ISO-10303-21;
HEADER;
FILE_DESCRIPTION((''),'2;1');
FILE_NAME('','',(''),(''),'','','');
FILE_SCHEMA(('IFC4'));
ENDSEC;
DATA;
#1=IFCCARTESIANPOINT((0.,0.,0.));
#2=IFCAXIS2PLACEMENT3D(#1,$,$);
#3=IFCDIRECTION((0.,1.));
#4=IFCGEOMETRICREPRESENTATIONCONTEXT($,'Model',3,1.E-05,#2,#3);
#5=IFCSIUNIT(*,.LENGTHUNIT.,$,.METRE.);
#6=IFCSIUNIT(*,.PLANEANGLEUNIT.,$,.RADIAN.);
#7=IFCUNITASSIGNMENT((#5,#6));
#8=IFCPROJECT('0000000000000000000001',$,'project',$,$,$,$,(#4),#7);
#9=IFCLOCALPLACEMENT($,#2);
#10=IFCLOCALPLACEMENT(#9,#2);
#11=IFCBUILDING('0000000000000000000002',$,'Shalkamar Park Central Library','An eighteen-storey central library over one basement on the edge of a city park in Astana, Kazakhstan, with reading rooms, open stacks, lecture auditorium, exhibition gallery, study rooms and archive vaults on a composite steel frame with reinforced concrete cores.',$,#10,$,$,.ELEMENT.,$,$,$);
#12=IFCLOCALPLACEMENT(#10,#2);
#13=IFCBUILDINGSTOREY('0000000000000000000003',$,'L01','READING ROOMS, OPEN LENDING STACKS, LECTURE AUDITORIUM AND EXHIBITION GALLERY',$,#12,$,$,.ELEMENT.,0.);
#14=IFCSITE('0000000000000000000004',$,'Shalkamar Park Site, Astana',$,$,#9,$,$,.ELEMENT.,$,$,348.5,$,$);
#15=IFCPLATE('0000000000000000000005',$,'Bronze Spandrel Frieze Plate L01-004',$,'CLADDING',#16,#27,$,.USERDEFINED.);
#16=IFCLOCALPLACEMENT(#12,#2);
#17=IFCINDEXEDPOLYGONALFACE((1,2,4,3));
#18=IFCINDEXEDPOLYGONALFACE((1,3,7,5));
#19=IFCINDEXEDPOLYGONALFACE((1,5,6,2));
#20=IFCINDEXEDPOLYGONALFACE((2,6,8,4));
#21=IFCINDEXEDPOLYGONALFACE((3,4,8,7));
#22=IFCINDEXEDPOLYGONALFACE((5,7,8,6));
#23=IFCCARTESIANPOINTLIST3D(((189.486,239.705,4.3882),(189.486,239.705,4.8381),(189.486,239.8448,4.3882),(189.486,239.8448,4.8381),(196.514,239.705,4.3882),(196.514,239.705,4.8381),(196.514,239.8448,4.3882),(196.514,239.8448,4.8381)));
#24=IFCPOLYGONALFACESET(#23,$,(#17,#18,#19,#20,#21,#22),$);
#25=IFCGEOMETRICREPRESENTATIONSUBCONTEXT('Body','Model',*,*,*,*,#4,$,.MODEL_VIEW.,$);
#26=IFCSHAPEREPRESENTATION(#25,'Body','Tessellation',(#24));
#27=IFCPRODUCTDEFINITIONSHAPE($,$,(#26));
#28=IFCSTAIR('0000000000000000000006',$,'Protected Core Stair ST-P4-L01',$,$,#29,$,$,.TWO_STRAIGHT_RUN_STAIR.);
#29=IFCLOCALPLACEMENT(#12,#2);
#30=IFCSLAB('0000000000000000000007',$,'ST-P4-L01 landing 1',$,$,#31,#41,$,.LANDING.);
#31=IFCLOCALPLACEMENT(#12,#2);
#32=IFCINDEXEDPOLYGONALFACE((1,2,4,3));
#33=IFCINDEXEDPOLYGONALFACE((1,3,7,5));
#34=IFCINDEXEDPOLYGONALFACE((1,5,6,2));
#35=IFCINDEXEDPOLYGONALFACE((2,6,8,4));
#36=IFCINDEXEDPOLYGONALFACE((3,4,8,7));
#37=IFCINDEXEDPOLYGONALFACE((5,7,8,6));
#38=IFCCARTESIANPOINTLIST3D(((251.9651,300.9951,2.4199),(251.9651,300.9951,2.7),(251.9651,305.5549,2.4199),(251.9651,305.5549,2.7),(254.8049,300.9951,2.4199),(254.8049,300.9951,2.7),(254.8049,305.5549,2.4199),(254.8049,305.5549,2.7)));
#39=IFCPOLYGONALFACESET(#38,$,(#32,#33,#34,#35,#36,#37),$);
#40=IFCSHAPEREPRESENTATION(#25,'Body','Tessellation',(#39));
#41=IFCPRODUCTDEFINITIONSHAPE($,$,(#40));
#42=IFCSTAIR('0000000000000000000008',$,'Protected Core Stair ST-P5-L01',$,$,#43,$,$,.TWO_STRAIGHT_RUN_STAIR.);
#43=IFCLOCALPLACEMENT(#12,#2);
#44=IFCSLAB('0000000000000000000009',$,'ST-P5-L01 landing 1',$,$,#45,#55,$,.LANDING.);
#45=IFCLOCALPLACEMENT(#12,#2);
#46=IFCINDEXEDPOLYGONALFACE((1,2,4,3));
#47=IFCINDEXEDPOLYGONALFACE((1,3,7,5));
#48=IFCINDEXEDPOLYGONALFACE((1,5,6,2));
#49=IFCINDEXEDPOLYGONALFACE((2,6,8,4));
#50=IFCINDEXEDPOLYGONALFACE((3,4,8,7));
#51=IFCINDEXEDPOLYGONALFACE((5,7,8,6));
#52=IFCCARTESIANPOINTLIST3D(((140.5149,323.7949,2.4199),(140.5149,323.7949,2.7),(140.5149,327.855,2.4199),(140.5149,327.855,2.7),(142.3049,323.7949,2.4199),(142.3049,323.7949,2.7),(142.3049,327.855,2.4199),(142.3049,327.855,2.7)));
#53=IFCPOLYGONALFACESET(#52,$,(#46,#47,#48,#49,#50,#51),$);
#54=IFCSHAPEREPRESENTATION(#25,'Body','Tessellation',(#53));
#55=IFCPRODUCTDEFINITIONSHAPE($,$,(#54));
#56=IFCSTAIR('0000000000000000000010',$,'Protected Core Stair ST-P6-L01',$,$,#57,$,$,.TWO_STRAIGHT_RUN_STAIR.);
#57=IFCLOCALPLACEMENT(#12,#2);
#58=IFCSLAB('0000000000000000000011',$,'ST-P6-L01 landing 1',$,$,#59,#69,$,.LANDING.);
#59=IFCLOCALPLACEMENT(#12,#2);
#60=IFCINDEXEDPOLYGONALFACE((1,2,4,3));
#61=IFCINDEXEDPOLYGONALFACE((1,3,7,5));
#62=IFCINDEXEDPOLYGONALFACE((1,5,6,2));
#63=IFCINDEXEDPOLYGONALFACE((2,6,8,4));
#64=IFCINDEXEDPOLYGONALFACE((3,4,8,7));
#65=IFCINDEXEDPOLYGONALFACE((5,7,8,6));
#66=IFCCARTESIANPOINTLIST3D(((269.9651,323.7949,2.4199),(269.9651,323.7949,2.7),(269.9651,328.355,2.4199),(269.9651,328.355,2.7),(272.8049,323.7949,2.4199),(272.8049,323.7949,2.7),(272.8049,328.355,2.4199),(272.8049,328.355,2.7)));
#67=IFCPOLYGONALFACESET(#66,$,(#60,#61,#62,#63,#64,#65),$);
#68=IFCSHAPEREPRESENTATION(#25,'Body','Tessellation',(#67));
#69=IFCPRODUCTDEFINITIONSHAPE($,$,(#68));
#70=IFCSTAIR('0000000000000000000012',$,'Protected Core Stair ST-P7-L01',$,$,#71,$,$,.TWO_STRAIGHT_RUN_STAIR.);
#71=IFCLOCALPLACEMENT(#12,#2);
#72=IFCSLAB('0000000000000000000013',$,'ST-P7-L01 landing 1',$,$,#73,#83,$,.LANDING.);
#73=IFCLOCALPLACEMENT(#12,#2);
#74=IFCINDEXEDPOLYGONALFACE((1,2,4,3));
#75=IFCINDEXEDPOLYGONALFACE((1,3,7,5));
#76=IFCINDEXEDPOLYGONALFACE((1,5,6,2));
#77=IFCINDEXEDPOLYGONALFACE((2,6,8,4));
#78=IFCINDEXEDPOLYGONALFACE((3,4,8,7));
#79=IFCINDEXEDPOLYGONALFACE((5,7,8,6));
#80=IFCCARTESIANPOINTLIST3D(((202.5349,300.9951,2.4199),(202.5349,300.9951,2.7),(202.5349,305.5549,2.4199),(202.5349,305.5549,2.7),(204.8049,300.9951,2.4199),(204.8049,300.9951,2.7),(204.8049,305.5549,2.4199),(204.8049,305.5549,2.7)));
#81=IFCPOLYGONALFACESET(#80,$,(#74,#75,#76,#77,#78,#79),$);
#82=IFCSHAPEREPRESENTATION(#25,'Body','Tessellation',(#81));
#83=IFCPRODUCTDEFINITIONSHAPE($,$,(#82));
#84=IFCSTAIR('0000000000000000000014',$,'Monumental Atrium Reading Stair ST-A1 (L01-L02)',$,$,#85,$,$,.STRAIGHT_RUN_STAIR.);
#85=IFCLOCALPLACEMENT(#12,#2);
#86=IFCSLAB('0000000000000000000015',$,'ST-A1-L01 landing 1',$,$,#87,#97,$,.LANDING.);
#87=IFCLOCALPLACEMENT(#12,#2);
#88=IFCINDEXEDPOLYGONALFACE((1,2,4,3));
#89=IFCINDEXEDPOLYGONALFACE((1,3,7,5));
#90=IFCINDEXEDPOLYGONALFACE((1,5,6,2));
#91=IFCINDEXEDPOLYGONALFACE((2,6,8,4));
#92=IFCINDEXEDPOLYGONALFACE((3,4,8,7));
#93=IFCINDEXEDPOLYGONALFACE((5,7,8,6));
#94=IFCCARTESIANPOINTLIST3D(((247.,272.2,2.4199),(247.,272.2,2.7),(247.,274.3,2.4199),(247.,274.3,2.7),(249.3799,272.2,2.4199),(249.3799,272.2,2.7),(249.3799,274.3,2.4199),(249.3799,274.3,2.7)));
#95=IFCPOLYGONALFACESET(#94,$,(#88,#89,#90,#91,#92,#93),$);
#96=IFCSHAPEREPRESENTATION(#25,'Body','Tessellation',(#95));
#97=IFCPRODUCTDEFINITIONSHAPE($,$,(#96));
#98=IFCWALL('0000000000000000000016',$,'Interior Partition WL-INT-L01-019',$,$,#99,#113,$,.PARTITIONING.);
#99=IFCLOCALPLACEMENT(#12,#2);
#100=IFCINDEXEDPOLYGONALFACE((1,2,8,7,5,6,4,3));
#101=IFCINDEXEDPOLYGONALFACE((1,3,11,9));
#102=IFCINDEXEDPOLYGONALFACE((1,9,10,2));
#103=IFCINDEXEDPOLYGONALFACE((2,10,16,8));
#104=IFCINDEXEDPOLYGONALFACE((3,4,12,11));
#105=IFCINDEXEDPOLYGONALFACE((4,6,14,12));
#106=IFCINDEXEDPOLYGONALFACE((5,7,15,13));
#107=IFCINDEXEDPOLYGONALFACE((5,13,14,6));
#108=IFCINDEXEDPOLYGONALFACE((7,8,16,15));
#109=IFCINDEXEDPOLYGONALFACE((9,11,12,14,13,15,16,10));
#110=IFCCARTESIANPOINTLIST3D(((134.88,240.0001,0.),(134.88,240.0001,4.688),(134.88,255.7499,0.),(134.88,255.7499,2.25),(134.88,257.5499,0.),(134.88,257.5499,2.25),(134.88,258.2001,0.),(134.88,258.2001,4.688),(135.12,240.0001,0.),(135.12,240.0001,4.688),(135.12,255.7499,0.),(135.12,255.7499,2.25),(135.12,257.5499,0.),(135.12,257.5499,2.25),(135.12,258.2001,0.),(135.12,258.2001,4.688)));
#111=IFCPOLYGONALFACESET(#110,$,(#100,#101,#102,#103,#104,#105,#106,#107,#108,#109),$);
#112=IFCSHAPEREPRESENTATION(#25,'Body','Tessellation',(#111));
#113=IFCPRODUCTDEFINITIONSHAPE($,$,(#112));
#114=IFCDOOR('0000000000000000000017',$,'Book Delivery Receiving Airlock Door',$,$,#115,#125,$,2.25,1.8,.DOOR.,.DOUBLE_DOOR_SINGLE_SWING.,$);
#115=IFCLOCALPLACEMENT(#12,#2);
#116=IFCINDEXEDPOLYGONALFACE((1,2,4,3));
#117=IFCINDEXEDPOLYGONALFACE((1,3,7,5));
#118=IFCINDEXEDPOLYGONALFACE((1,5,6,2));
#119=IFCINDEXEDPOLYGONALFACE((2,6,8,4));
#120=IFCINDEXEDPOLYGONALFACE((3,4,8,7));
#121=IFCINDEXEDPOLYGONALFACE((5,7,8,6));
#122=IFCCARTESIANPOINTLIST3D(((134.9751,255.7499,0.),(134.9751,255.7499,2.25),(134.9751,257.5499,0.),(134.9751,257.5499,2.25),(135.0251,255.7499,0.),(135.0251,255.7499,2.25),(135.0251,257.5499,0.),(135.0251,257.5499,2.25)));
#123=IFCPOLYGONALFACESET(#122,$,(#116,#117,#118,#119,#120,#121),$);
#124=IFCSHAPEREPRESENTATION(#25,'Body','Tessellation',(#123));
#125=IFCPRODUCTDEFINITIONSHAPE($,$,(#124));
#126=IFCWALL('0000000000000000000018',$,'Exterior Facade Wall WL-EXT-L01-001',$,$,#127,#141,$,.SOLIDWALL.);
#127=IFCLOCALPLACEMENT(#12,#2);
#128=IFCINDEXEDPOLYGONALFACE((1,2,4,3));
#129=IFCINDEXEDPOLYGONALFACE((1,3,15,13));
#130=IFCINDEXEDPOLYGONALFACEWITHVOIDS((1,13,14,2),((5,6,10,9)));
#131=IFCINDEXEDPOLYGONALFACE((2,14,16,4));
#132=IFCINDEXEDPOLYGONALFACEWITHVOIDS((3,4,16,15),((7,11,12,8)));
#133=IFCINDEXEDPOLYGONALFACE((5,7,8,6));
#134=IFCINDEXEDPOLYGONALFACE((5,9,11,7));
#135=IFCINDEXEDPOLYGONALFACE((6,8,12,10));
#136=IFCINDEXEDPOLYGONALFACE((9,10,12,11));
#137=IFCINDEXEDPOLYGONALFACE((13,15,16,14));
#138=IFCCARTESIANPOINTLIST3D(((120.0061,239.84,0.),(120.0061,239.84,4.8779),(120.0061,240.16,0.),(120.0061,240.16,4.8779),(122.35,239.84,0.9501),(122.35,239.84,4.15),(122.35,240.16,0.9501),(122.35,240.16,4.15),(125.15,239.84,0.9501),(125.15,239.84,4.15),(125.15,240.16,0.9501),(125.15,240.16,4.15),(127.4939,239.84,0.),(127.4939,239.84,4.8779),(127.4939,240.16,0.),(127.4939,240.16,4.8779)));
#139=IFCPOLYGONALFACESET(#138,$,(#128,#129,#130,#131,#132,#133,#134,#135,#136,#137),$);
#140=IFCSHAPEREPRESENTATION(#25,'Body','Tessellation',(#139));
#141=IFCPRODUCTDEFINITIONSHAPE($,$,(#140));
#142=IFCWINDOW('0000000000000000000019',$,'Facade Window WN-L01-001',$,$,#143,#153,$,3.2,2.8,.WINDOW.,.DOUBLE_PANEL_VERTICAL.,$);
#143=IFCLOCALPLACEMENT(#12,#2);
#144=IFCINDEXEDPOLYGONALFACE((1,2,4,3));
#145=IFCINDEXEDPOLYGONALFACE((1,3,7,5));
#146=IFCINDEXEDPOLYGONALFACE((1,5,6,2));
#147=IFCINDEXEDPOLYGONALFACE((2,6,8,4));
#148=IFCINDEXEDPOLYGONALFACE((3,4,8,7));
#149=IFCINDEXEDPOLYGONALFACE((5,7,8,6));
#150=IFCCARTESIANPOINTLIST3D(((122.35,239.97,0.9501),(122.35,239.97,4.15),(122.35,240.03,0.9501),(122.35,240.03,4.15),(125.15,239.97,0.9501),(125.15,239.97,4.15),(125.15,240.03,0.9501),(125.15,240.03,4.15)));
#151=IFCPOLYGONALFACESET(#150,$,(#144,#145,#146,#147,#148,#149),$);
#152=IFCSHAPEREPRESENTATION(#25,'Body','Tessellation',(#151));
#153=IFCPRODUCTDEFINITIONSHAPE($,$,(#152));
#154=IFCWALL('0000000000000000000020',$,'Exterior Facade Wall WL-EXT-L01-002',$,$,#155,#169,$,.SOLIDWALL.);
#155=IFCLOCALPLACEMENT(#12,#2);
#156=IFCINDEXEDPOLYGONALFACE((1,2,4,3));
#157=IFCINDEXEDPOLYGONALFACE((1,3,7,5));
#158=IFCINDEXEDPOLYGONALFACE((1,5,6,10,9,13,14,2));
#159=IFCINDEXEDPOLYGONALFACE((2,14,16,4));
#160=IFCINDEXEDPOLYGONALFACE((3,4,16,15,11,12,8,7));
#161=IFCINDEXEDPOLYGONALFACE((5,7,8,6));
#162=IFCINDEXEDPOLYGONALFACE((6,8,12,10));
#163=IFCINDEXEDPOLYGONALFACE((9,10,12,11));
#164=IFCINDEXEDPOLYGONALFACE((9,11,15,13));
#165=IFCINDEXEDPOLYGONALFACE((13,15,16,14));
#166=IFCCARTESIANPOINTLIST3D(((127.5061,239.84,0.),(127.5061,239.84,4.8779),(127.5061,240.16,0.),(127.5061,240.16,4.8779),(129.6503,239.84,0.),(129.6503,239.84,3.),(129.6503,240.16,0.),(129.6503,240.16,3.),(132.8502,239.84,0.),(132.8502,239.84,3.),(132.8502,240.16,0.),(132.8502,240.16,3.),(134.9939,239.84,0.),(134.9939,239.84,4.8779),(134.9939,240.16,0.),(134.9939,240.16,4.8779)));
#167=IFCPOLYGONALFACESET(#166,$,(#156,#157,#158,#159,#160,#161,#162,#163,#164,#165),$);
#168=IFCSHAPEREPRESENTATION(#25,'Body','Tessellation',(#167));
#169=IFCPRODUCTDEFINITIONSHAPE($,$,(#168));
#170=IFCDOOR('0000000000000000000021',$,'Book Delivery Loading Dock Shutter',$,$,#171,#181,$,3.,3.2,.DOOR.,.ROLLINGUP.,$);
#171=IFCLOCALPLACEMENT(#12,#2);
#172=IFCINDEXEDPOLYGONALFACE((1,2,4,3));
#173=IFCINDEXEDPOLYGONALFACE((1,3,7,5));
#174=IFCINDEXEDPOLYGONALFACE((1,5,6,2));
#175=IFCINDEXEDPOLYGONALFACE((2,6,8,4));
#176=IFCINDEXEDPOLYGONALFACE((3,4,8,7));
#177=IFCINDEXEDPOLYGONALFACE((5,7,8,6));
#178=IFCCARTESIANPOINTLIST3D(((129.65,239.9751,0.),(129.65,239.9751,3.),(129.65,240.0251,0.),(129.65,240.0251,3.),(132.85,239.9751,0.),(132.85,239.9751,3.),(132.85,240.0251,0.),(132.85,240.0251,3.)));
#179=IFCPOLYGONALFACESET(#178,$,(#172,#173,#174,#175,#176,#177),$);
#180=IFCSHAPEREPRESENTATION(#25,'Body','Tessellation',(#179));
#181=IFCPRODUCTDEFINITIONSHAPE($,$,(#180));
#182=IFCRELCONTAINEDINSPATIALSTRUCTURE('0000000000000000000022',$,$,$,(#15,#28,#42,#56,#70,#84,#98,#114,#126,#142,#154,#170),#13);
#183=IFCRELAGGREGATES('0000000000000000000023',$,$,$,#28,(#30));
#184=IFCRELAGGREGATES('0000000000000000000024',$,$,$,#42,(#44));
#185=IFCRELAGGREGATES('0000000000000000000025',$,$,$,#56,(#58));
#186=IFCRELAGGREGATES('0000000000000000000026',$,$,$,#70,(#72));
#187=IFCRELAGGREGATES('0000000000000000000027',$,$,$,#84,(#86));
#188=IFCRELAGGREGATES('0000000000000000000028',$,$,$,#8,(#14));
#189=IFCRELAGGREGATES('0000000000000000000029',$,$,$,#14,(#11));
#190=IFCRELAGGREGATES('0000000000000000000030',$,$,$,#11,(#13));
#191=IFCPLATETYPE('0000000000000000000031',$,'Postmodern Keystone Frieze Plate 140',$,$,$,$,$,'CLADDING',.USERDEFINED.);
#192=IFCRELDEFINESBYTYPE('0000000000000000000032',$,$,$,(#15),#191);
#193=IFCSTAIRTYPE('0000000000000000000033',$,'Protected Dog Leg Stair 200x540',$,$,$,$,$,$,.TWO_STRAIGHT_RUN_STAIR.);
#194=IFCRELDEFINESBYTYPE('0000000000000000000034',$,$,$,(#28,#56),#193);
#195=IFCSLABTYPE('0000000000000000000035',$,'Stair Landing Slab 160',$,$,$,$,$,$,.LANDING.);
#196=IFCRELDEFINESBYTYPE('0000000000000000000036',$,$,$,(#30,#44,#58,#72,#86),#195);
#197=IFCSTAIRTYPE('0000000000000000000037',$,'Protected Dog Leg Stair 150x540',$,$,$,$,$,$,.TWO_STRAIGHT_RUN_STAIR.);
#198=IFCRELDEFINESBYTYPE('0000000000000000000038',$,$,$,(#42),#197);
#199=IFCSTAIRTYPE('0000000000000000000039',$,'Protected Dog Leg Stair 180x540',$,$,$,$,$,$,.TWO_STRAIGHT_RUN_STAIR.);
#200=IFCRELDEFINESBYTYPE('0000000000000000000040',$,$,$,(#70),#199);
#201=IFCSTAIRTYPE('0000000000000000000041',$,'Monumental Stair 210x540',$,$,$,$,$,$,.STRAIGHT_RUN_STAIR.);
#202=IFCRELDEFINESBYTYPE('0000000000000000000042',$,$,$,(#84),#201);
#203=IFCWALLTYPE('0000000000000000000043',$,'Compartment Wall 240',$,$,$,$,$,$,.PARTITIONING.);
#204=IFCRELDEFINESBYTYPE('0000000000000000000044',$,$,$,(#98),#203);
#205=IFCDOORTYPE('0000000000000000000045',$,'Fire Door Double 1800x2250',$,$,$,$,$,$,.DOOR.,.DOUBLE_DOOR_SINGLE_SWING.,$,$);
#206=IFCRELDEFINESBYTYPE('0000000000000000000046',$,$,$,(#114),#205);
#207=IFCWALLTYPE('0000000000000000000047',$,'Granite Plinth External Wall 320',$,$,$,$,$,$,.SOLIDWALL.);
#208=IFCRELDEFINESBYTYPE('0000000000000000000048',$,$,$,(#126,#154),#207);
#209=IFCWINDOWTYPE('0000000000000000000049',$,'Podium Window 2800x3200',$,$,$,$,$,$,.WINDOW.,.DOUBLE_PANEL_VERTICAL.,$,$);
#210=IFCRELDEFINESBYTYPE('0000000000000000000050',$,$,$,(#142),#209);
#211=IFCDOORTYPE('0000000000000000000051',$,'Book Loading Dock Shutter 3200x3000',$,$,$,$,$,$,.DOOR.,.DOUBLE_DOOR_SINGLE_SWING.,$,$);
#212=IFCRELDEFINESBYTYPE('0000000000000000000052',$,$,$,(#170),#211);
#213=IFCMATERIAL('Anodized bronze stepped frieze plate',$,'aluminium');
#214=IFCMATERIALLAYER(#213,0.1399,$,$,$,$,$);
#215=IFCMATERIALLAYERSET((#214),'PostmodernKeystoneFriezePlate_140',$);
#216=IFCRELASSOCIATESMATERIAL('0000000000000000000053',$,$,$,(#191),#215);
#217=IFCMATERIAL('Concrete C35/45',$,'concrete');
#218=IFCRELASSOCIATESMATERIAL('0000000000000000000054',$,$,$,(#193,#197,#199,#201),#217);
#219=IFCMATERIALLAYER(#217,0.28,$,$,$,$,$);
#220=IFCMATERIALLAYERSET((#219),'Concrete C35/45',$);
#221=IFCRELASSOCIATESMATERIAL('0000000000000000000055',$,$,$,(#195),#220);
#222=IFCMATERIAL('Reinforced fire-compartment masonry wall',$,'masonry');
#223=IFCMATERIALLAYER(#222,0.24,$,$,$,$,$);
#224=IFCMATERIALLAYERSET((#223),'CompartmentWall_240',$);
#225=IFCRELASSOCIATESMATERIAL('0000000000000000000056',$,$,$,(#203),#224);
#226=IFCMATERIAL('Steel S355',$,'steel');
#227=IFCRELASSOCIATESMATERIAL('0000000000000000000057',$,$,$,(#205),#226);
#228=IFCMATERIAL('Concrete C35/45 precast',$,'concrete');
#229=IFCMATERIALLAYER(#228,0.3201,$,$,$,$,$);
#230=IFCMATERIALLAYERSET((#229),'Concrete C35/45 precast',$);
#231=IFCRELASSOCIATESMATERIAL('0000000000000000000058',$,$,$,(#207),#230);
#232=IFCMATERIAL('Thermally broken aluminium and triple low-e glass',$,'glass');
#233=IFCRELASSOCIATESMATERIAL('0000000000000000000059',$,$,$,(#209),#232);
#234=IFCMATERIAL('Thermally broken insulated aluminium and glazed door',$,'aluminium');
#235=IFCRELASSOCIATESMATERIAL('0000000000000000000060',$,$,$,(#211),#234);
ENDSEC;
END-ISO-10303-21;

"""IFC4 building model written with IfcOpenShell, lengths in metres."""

from ifc_helpers import new_model, si_unit, direction, frame, frame_2d, origin, origin_2d, place, context, subcontext, project, spatial, polyline, rectangle, outline, extrude, material, layer, layer_set, type_object, element, fill, aggregate, save


model = new_model("IFC4")

# Units and contexts
model_context = context("Model", 3, precision=1e-05, world=origin(), true_north=direction((0.0, 1.0)))
body_context = subcontext(model_context, "Body", "Model", "MODEL_VIEW")
ifc_project = project(units=[si_unit("LENGTHUNIT", "METRE"), si_unit("PLANEANGLEUNIT", "RADIAN")], contexts=[model_context])

# Site, building, storey
site_placement = place(None, origin())
site = spatial("IfcSite", under=ifc_project, at=site_placement, Name="Shalkamar Park Site, Astana", CompositionType="ELEMENT", RefElevation=348.5)
building_placement = place(site_placement, origin())
building = spatial("IfcBuilding", under=site, at=building_placement, Name="Shalkamar Park Central Library", Description="An eighteen-storey central library over one basement on the edge of a city park in Astana, Kazakhstan, with reading rooms, open stacks, lecture auditorium, exhibition gallery, study rooms and archive vaults on a composite steel frame with reinforced concrete cores.", CompositionType="ELEMENT")
storey_placement = place(building_placement, origin())
storey = spatial("IfcBuildingStorey", under=building, at=storey_placement, Name="L01", Description="READING ROOMS, OPEN LENDING STACKS, LECTURE AUDITORIUM AND EXHIBITION GALLERY", CompositionType="ELEMENT", Elevation=0.0)

# Shared definitions
ifc_material_1 = material(Name="Steel S355", Category="steel")

# Plate
ifc_material_2 = material(Name="Anodized bronze stepped frieze plate", Category="aluminium")
ifc_layer_1 = layer(ifc_material_2, 0.1399)
ifc_layer_set_1 = layer_set([ifc_layer_1], Name="PostmodernKeystoneFriezePlate_140")
plate_type_1 = type_object("IfcPlateType", Name="Postmodern Keystone Frieze Plate 140", ElementType="CLADDING", PredefinedType="USERDEFINED", material=ifc_layer_set_1)
plate_1_placement = place(storey_placement, frame((193.0, 239.7749, 4.3882), z_axis=(0.0, 0.0, 1.0), x_axis=(1.0, 0.0, 0.0)))
element("IfcPlate", 1, at=plate_1_placement, inside=storey, type_object=plate_type_1, Name="Bronze Spandrel Frieze Plate L01-004", ObjectType="CLADDING", PredefinedType="USERDEFINED", context=body_context, shape_type="SweptSolid", body=[
    extrude(rectangle(XDim=7.0281, YDim=0.1399, at=origin_2d()), origin(), (0.0, 0.0, 1.0), 0.45),
])

# Stairs, slabs
ifc_material_3 = material(Name="Concrete C35/45", Category="concrete")
stair_type_1 = type_object("IfcStairType", Name="Protected Dog Leg Stair 200x540", PredefinedType="TWO_STRAIGHT_RUN_STAIR", material=ifc_material_3)
stair_1_placement = place(storey_placement, origin())
stair_1 = element("IfcStair", 2, at=stair_1_placement, inside=storey, type_object=stair_type_1, Name="Protected Core Stair ST-P4-L01", PredefinedType="TWO_STRAIGHT_RUN_STAIR")
ifc_layer_2 = layer(ifc_material_3, 0.28)
ifc_layer_set_2 = layer_set([ifc_layer_2], Name="Concrete C35/45")
slab_type = type_object("IfcSlabType", Name="Stair Landing Slab 160", PredefinedType="LANDING", material=ifc_layer_set_2)
slab_1_placement = place(storey_placement, frame((0.0, 0.0, 2.4199)))
slab_1 = element("IfcSlab", 3, at=slab_1_placement, type_object=slab_type, Name="ST-P4-L01 landing 1", PredefinedType="LANDING", context=body_context, shape_type="SweptSolid", body=[
    extrude(outline(polyline([(251.9651, 300.9951), (254.8049, 300.9951), (254.8049, 305.5549), (251.9651, 305.5549), (251.9651, 300.9951)])), origin(), (0.0, 0.0, 1.0), 0.28),
])
aggregate(stair_1, [slab_1])
stair_type_2 = type_object("IfcStairType", Name="Protected Dog Leg Stair 150x540", PredefinedType="TWO_STRAIGHT_RUN_STAIR", material=ifc_material_3)
stair_2_placement = place(storey_placement, origin())
stair_2 = element("IfcStair", 4, at=stair_2_placement, inside=storey, type_object=stair_type_2, Name="Protected Core Stair ST-P5-L01", PredefinedType="TWO_STRAIGHT_RUN_STAIR")
slab_2_placement = place(storey_placement, frame((0.0, 0.0, 2.4199)))
slab_2 = element("IfcSlab", 5, at=slab_2_placement, type_object=slab_type, Name="ST-P5-L01 landing 1", PredefinedType="LANDING", context=body_context, shape_type="SweptSolid", body=[
    extrude(outline(polyline([(140.5149, 323.7949), (142.3049, 323.7949), (142.3049, 327.855), (140.5149, 327.855), (140.5149, 323.7949)])), origin(), (0.0, 0.0, 1.0), 0.28),
])
aggregate(stair_2, [slab_2])
stair_3_placement = place(storey_placement, origin())
stair_3 = element("IfcStair", 6, at=stair_3_placement, inside=storey, type_object=stair_type_1, Name="Protected Core Stair ST-P6-L01", PredefinedType="TWO_STRAIGHT_RUN_STAIR")
slab_3_placement = place(storey_placement, frame((0.0, 0.0, 2.4199)))
slab_3 = element("IfcSlab", 7, at=slab_3_placement, type_object=slab_type, Name="ST-P6-L01 landing 1", PredefinedType="LANDING", context=body_context, shape_type="SweptSolid", body=[
    extrude(outline(polyline([(269.9651, 323.7949), (272.8049, 323.7949), (272.8049, 328.355), (269.9651, 328.355), (269.9651, 323.7949)])), origin(), (0.0, 0.0, 1.0), 0.28),
])
aggregate(stair_3, [slab_3])
stair_type_3 = type_object("IfcStairType", Name="Protected Dog Leg Stair 180x540", PredefinedType="TWO_STRAIGHT_RUN_STAIR", material=ifc_material_3)
stair_4_placement = place(storey_placement, origin())
stair_4 = element("IfcStair", 8, at=stair_4_placement, inside=storey, type_object=stair_type_3, Name="Protected Core Stair ST-P7-L01", PredefinedType="TWO_STRAIGHT_RUN_STAIR")
slab_4_placement = place(storey_placement, frame((0.0, 0.0, 2.4199)))
slab_4 = element("IfcSlab", 9, at=slab_4_placement, type_object=slab_type, Name="ST-P7-L01 landing 1", PredefinedType="LANDING", context=body_context, shape_type="SweptSolid", body=[
    extrude(outline(polyline([(202.5349, 300.9951), (204.8049, 300.9951), (204.8049, 305.5549), (202.5349, 305.5549), (202.5349, 300.9951)])), origin(), (0.0, 0.0, 1.0), 0.28),
])
aggregate(stair_4, [slab_4])
stair_type_4 = type_object("IfcStairType", Name="Monumental Stair 210x540", PredefinedType="STRAIGHT_RUN_STAIR", material=ifc_material_3)
stair_5_placement = place(storey_placement, origin())
stair_5 = element("IfcStair", 10, at=stair_5_placement, inside=storey, type_object=stair_type_4, Name="Monumental Atrium Reading Stair ST-A1 (L01-L02)", PredefinedType="STRAIGHT_RUN_STAIR")
slab_5_placement = place(storey_placement, frame((0.0, 0.0, 2.4199)))
slab_5 = element("IfcSlab", 11, at=slab_5_placement, type_object=slab_type, Name="ST-A1-L01 landing 1", PredefinedType="LANDING", context=body_context, shape_type="SweptSolid", body=[
    extrude(outline(polyline([(247.0, 272.2), (249.3799, 272.2), (249.3799, 274.3), (247.0, 274.3), (247.0, 272.2)])), origin(), (0.0, 0.0, 1.0), 0.28),
])
aggregate(stair_5, [slab_5])

# Wall, opening, door
ifc_material_4 = material(Name="Reinforced fire-compartment masonry wall", Category="masonry")
ifc_layer_3 = layer(ifc_material_4, 0.24)
ifc_layer_set_3 = layer_set([ifc_layer_3], Name="CompartmentWall_240")
wall_type_1 = type_object("IfcWallType", Name="Compartment Wall 240", PredefinedType="PARTITIONING", material=ifc_layer_set_3)
wall_1_placement = place(storey_placement, frame((135.0, 240.0, 0.0), z_axis=(0.0, 0.0, 1.0), x_axis=(0.0, 1.0, 0.0)))
wall_1 = element("IfcWall", 12, at=wall_1_placement, inside=storey, type_object=wall_type_1, Name="Interior Partition WL-INT-L01-019", PredefinedType="PARTITIONING", context=body_context, shape_type="SweptSolid", body=[
    extrude(rectangle(XDim=18.2, YDim=0.24, at=frame_2d((9.1001, 0.0))), origin(), (0.0, 0.0, 1.0), 4.688),
])
opening_1_placement = place(wall_1_placement, frame((15.75, 0.0, 0.0)))
opening_1 = element("IfcOpeningElement", 13, at=opening_1_placement, cuts=wall_1, PredefinedType="OPENING", context=body_context, shape_type="SweptSolid", body=[
    extrude(rectangle(XDim=1.8, YDim=2.25, at=frame_2d((0.8999, 1.125))), frame((0.0, 0.1348, 0.0), z_axis=(0.0, -1.0, 0.0), x_axis=(1.0, 0.0, 0.0)), (0.0, 0.0, 1.0), 0.2698),
])
door_type_1 = type_object("IfcDoorType", Name="Fire Door Double 1800x2250", OperationType="DOUBLE_DOOR_SINGLE_SWING", PredefinedType="DOOR", material=ifc_material_1)
door_1_placement = place(opening_1_placement, origin())
door_1 = element("IfcDoor", 14, at=door_1_placement, inside=storey, type_object=door_type_1, Name="Book Delivery Receiving Airlock Door", OperationType="DOUBLE_DOOR_SINGLE_SWING", OverallHeight=2.25, OverallWidth=1.8, PredefinedType="DOOR", context=body_context, shape_type="SweptSolid", body=[
    extrude(rectangle(XDim=1.8, YDim=2.25, at=frame_2d((0.8999, 1.125))), frame((0.0, 0.0249, 0.0), z_axis=(0.0, -1.0, 0.0), x_axis=(1.0, 0.0, 0.0)), (0.0, 0.0, 1.0), 0.05),
])
fill(opening_1, door_1)

# Wall, opening, window
ifc_material_5 = material(Name="Concrete C35/45 precast", Category="concrete")
ifc_layer_4 = layer(ifc_material_5, 0.3201)
ifc_layer_set_4 = layer_set([ifc_layer_4], Name="Concrete C35/45 precast")
wall_type_2 = type_object("IfcWallType", Name="Granite Plinth External Wall 320", PredefinedType="SOLIDWALL", material=ifc_layer_set_4)
wall_2_placement = place(storey_placement, frame((120.0061, 240.0, 0.0), z_axis=(0.0, 0.0, 1.0), x_axis=(1.0, 0.0, 0.0)))
wall_2 = element("IfcWall", 15, at=wall_2_placement, inside=storey, type_object=wall_type_2, Name="Exterior Facade Wall WL-EXT-L01-001", PredefinedType="SOLIDWALL", context=body_context, shape_type="SweptSolid", body=[
    extrude(rectangle(XDim=7.4878, YDim=0.3201, at=frame_2d((3.7439, 0.0))), origin(), (0.0, 0.0, 1.0), 4.8779),
])
opening_2_placement = place(wall_2_placement, frame((2.344, 0.0, 0.95)))
opening_2 = element("IfcOpeningElement", 16, at=opening_2_placement, cuts=wall_2, PredefinedType="OPENING", context=body_context, shape_type="SweptSolid", body=[
    extrude(rectangle(XDim=2.8, YDim=3.2, at=frame_2d((1.3999, 1.6001))), frame((0.0, 0.1748, 0.0), z_axis=(0.0, -1.0, 0.0), x_axis=(1.0, 0.0, 0.0)), (0.0, 0.0, 1.0), 0.3499),
])
ifc_material_6 = material(Name="Thermally broken aluminium and triple low-e glass", Category="glass")
window_type_1 = type_object("IfcWindowType", Name="Podium Window 2800x3200", PartitioningType="DOUBLE_PANEL_VERTICAL", PredefinedType="WINDOW", material=ifc_material_6)
window_1_placement = place(opening_2_placement, origin())
window_1 = element("IfcWindow", 17, at=window_1_placement, inside=storey, type_object=window_type_1, Name="Facade Window WN-L01-001", OverallHeight=3.2, OverallWidth=2.8, PartitioningType="DOUBLE_PANEL_VERTICAL", PredefinedType="WINDOW", context=body_context, shape_type="SweptSolid", body=[
    extrude(rectangle(XDim=2.8, YDim=3.2, at=frame_2d((1.3999, 1.6001))), frame((0.0, 0.03, 0.0), z_axis=(0.0, -1.0, 0.0), x_axis=(1.0, 0.0, 0.0)), (0.0, 0.0, 1.0), 0.0601),
])
fill(opening_2, window_1)

# Wall, opening, door
wall_3_placement = place(storey_placement, frame((127.5061, 240.0, 0.0), z_axis=(0.0, 0.0, 1.0), x_axis=(1.0, 0.0, 0.0)))
wall_3 = element("IfcWall", 18, at=wall_3_placement, inside=storey, type_object=wall_type_2, Name="Exterior Facade Wall WL-EXT-L01-002", PredefinedType="SOLIDWALL", context=body_context, shape_type="SweptSolid", body=[
    extrude(rectangle(XDim=7.4878, YDim=0.3201, at=frame_2d((3.7439, 0.0))), origin(), (0.0, 0.0, 1.0), 4.8779),
])
opening_3_placement = place(wall_3_placement, frame((2.144, 0.0, 0.0)))
opening_3 = element("IfcOpeningElement", 19, at=opening_3_placement, cuts=wall_3, PredefinedType="OPENING", context=body_context, shape_type="SweptSolid", body=[
    extrude(rectangle(XDim=3.2, YDim=3.0, at=frame_2d((1.6001, 1.5))), frame((0.0, 0.1748, 0.0), z_axis=(0.0, -1.0, 0.0), x_axis=(1.0, 0.0, 0.0)), (0.0, 0.0, 1.0), 0.3499),
])
ifc_material_7 = material(Name="Thermally broken insulated aluminium and glazed door", Category="aluminium")
door_type_2 = type_object("IfcDoorType", Name="Book Loading Dock Shutter 3200x3000", OperationType="DOUBLE_DOOR_SINGLE_SWING", PredefinedType="DOOR", material=ifc_material_7)
door_2_placement = place(opening_3_placement, frame((3.2, 0.0, 0.0), z_axis=(0.0, 0.0, 1.0), x_axis=(-1.0, 0.0, 0.0)))
door_2 = element("IfcDoor", 20, at=door_2_placement, inside=storey, type_object=door_type_2, Name="Book Delivery Loading Dock Shutter", OperationType="ROLLINGUP", OverallHeight=3.0, OverallWidth=3.2, PredefinedType="DOOR", context=body_context, shape_type="SweptSolid", body=[
    extrude(rectangle(XDim=3.2, YDim=3.0, at=frame_2d((1.6001, 1.5))), frame((0.0, 0.0249, 0.0), z_axis=(0.0, -1.0, 0.0), x_axis=(1.0, 0.0, 0.0)), (0.0, 0.0, 1.0), 0.05),
])
fill(opening_3, door_2)

save(model, "model.ifc")
